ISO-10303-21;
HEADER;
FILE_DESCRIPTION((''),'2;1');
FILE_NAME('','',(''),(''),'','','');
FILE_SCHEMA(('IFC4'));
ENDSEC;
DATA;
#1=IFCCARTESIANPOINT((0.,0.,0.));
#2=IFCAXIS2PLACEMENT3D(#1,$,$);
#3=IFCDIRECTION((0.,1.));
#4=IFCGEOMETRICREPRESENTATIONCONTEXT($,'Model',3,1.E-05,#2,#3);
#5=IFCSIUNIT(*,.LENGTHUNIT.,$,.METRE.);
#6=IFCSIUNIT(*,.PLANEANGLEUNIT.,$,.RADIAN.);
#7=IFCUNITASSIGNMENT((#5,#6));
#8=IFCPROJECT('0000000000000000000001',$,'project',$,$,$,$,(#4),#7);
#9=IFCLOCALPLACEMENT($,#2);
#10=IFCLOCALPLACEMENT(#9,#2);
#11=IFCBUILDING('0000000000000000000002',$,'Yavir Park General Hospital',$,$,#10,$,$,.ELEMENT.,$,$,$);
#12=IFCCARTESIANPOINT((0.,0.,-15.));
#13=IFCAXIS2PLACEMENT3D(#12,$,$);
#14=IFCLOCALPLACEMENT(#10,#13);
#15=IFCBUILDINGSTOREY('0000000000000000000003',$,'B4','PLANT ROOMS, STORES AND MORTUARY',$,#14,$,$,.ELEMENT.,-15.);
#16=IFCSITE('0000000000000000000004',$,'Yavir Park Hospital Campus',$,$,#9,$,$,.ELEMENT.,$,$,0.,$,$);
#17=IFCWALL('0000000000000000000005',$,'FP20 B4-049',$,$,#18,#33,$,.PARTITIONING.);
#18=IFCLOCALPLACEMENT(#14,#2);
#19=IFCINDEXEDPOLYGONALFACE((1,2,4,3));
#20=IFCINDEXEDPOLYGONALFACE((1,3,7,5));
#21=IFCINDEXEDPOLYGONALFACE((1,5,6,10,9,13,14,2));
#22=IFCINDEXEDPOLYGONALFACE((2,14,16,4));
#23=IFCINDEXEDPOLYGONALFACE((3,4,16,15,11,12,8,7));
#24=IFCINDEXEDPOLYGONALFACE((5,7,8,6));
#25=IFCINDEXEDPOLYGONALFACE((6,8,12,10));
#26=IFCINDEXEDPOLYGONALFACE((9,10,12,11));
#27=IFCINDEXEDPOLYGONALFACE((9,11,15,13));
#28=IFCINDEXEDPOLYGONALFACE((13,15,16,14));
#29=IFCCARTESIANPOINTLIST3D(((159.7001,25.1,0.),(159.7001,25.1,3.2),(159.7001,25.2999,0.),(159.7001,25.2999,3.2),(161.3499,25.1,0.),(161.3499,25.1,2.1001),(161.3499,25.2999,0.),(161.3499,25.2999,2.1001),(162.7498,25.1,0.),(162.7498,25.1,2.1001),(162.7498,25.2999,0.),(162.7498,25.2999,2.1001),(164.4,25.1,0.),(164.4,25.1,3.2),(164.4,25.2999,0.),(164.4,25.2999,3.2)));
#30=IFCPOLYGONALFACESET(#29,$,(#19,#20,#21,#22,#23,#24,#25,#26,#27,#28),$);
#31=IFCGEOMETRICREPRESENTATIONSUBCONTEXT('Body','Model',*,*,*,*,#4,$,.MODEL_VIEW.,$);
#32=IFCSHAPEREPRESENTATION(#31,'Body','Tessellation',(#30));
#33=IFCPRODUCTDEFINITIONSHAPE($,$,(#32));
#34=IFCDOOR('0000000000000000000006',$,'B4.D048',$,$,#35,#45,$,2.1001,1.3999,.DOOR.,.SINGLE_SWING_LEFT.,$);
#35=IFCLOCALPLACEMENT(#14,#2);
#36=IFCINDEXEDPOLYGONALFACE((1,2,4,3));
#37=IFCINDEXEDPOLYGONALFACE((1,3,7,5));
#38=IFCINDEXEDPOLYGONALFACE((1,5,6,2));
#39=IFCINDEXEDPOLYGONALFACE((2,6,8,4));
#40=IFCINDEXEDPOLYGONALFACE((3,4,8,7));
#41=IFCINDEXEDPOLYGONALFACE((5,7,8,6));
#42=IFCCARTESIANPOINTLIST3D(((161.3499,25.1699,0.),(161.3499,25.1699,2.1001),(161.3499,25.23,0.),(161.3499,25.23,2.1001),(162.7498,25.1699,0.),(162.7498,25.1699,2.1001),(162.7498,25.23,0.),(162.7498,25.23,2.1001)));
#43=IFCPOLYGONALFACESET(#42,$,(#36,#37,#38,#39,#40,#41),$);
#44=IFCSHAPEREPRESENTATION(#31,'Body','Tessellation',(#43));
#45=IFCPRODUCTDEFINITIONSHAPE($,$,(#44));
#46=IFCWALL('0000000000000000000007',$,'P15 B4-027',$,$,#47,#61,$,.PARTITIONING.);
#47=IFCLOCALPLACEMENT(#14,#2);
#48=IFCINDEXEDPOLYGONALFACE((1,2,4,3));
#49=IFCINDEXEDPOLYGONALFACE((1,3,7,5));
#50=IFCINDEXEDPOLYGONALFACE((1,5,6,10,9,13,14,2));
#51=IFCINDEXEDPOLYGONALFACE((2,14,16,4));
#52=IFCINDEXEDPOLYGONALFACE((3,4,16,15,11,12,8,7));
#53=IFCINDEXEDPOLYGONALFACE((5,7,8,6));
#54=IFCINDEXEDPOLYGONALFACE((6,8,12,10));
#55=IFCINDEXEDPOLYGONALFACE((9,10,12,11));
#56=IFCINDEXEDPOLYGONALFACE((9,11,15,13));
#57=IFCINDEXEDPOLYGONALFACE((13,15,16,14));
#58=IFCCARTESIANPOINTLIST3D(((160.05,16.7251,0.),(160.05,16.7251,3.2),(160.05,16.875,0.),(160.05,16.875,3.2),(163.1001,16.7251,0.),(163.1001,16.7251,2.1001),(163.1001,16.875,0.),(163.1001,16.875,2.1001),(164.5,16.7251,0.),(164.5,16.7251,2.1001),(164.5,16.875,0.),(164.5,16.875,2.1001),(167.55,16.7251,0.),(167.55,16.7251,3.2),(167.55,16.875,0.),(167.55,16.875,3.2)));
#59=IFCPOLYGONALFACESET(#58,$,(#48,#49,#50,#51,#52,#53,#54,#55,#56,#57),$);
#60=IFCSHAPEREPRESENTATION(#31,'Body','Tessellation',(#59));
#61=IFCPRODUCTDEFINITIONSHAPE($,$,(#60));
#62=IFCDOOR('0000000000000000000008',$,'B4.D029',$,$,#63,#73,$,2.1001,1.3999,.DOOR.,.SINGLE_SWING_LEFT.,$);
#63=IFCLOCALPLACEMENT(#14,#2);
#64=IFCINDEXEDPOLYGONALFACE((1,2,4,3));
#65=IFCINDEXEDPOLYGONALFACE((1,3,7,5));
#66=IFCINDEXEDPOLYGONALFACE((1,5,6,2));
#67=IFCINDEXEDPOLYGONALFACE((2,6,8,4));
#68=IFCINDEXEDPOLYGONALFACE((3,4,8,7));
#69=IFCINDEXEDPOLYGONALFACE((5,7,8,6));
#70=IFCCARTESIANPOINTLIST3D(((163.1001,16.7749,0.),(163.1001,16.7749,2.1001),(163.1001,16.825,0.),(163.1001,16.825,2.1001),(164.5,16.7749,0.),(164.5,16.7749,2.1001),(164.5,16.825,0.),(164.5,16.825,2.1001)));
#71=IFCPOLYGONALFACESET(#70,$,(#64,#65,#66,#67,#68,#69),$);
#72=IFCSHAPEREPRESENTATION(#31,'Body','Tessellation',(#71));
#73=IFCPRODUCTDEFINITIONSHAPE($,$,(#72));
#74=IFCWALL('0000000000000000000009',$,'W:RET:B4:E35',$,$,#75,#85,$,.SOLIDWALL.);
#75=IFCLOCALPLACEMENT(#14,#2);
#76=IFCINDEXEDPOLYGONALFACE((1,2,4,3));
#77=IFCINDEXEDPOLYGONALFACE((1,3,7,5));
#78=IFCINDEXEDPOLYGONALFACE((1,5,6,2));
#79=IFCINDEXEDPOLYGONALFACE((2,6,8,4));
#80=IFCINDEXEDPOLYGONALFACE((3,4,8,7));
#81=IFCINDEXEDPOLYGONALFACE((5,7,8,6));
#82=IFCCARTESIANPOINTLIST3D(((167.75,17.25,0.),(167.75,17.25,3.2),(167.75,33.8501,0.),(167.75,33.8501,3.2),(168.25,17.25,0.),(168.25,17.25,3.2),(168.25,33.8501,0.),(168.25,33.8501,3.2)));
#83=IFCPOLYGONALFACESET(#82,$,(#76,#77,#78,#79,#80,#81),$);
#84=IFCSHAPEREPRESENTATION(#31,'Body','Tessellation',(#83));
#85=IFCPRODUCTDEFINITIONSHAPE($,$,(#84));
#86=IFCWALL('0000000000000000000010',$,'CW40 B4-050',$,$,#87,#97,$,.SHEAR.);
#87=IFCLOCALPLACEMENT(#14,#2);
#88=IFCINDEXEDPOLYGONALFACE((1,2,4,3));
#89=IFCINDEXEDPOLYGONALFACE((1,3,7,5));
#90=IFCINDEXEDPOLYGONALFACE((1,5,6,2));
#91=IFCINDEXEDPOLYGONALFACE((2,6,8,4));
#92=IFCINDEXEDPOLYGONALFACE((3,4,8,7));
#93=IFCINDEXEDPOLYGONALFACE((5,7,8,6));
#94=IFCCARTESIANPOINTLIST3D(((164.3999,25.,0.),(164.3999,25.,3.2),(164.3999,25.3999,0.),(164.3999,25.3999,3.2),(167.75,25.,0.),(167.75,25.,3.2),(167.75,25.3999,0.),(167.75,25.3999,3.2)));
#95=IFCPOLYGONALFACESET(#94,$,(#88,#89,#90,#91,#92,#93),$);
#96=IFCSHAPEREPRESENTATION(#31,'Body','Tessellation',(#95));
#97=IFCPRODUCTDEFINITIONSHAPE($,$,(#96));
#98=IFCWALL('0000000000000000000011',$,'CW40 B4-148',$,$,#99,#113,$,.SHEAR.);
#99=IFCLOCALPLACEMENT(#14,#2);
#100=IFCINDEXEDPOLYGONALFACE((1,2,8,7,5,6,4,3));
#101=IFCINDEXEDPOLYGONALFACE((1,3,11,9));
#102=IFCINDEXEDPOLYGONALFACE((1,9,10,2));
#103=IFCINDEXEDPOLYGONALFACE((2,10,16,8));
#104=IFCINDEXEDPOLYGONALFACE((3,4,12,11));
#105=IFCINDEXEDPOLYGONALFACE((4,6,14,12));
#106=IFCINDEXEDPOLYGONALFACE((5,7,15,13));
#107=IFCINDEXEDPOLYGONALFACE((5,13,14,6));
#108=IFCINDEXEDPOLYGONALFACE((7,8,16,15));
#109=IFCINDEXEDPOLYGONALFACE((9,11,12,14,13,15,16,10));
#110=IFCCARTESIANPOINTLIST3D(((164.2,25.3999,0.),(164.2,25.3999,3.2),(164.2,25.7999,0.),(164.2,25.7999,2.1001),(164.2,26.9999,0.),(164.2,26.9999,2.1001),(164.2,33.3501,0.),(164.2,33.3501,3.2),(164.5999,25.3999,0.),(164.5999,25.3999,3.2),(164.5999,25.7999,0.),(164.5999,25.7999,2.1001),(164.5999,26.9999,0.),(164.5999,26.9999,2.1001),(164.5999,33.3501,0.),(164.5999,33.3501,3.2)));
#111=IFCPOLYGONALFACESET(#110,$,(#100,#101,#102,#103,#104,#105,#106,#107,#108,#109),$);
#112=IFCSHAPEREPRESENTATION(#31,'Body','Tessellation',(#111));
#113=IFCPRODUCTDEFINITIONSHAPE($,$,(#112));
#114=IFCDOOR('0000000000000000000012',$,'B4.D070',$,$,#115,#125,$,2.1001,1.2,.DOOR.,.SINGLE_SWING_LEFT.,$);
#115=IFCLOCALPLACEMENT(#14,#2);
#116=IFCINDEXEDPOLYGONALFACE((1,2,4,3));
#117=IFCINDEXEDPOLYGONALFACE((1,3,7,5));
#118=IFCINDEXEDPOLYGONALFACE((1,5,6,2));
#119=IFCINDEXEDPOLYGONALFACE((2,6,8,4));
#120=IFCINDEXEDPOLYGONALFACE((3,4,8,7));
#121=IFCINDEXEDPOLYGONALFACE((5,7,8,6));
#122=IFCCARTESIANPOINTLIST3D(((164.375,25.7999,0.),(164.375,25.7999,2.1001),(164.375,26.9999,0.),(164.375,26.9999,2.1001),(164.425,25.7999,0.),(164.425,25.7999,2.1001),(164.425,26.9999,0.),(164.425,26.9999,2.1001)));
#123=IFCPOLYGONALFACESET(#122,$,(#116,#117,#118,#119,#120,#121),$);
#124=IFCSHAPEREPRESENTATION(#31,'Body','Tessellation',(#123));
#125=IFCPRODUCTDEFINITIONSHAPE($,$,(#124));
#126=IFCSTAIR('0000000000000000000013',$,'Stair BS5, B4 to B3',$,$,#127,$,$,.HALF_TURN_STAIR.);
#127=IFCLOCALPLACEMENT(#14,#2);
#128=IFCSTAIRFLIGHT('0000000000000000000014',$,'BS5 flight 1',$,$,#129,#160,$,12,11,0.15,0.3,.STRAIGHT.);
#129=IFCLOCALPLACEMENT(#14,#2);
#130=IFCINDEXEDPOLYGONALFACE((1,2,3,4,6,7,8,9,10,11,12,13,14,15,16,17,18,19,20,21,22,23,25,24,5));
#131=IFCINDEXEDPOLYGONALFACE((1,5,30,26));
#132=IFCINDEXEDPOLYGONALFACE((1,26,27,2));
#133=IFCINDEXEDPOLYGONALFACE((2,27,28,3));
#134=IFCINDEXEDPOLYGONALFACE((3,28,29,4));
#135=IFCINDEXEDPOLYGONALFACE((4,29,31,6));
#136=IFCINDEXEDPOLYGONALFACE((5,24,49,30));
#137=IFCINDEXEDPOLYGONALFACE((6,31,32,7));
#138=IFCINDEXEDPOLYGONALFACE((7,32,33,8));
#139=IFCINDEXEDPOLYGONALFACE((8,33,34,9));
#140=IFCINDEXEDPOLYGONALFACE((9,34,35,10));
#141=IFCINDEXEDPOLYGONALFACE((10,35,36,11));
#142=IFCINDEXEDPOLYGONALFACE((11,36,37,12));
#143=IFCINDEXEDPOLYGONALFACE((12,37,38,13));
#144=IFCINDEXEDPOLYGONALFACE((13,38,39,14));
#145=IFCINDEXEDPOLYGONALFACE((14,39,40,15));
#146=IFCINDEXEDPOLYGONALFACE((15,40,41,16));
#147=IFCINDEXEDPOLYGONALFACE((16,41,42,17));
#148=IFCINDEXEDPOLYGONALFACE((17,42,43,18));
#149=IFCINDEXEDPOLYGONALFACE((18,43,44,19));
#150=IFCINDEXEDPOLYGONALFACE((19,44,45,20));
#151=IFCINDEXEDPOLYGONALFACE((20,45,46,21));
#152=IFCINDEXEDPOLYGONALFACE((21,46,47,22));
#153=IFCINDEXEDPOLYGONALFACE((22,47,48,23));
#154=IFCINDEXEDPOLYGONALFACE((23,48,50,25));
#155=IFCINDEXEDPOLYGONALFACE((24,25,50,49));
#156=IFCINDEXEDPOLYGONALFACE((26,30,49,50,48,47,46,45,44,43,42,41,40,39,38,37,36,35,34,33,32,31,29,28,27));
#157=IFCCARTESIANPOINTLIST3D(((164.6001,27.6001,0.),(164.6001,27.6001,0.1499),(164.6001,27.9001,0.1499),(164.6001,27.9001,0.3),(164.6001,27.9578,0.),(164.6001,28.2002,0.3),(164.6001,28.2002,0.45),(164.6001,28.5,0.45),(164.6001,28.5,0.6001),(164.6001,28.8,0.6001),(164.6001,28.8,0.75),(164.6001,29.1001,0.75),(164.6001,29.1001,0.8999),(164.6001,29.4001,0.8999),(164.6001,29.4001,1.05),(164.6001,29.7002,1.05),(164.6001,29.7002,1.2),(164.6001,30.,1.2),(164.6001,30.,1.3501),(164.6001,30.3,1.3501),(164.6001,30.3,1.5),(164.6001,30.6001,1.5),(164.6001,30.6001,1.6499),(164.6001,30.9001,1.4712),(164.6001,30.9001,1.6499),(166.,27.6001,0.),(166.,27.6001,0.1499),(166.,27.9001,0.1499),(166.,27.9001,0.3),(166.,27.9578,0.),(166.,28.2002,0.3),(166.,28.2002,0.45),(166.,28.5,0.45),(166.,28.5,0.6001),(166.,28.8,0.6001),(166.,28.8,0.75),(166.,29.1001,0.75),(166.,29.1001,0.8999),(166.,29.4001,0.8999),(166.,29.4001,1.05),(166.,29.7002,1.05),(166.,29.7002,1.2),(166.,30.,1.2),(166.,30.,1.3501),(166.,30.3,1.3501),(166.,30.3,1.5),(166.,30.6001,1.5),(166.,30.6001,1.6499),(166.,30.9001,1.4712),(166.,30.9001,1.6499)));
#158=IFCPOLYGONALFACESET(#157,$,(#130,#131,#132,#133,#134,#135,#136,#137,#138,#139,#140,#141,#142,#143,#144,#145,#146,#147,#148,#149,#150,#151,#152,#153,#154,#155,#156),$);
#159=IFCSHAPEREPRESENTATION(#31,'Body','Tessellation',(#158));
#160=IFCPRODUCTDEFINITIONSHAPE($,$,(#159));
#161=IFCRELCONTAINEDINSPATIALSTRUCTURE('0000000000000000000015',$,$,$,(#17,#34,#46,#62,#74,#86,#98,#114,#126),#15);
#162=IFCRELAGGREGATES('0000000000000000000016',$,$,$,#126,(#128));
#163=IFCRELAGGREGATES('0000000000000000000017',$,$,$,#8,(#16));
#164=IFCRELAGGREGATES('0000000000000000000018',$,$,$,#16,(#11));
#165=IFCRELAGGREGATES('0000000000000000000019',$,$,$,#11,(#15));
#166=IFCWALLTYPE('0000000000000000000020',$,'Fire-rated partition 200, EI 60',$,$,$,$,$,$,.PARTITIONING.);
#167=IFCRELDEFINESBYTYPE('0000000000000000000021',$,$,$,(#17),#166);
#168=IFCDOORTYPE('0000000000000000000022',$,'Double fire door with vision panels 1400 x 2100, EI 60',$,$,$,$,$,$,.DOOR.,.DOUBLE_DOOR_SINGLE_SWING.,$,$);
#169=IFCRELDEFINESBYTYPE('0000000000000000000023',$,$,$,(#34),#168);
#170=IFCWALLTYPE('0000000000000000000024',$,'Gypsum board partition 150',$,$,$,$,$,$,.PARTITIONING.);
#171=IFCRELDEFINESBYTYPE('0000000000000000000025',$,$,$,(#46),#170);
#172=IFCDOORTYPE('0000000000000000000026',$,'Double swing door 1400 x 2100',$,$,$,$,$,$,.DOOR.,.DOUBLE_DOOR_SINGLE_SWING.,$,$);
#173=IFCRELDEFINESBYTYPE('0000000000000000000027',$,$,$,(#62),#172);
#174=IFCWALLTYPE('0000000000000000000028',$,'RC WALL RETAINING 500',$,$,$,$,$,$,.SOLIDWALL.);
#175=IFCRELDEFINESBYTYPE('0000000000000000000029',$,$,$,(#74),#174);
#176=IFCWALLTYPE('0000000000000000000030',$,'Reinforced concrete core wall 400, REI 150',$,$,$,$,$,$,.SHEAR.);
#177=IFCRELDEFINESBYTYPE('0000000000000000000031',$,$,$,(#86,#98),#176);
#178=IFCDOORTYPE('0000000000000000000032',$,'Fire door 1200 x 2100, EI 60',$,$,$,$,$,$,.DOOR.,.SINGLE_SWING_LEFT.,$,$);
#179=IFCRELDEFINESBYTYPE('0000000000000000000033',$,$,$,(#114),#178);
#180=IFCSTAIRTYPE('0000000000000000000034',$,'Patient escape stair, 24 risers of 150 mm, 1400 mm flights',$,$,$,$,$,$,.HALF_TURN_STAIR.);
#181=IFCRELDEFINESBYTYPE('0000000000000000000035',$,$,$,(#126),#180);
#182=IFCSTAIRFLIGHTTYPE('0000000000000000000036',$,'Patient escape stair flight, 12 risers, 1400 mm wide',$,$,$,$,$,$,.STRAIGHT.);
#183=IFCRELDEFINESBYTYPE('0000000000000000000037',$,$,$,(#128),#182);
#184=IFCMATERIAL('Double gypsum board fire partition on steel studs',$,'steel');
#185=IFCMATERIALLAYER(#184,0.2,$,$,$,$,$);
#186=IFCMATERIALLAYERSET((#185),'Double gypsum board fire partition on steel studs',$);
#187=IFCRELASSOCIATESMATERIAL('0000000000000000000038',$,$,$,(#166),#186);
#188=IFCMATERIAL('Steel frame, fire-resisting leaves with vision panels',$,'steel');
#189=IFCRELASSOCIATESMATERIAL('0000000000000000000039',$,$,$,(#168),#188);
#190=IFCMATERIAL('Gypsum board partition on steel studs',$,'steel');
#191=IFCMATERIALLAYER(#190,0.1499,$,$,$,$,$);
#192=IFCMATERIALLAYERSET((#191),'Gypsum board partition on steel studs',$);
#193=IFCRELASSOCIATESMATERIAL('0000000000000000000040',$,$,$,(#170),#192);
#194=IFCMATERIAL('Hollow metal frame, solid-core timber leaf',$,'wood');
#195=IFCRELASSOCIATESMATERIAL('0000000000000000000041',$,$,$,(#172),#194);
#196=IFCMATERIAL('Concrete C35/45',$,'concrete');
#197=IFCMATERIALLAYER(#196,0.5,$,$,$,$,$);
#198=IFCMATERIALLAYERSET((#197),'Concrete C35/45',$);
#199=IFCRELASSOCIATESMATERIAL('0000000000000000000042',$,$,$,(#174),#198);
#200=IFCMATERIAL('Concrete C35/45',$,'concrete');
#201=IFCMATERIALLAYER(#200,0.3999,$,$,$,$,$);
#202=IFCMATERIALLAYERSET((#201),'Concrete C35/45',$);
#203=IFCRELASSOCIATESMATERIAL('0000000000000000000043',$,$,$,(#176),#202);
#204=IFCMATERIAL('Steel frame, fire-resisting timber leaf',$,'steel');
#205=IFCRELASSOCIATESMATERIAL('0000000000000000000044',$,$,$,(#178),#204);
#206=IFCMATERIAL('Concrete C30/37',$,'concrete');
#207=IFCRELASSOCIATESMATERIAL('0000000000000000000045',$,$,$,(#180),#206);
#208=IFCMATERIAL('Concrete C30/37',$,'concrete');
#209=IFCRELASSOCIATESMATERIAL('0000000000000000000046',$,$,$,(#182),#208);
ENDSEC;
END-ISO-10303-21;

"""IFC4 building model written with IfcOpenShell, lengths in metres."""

from ifc_helpers import new_model, si_unit, direction, frame, frame_2d, origin, place, context, subcontext, project, spatial, polyline, rectangle, outline, extrude, material, layer, layer_set, type_object, element, fill, aggregate, save


model = new_model("IFC4")

# Units and contexts
model_context = context("Model", 3, precision=1e-05, world=origin(), true_north=direction((0.0, 1.0)))
body_context = subcontext(model_context, "Body", "Model", "MODEL_VIEW")
ifc_project = project(units=[si_unit("LENGTHUNIT", "METRE"), si_unit("PLANEANGLEUNIT", "RADIAN")], contexts=[model_context])

# Site, building, storey
site_placement = place(None, origin())
site = spatial("IfcSite", under=ifc_project, at=site_placement, Name="Yavir Park Hospital Campus", CompositionType="ELEMENT", RefElevation=0.0)
building_placement = place(site_placement, origin())
building = spatial("IfcBuilding", under=site, at=building_placement, Name="Yavir Park General Hospital", CompositionType="ELEMENT")
storey_placement = place(building_placement, frame((0.0, 0.0, -15.0)))
storey = spatial("IfcBuildingStorey", under=building, at=storey_placement, Name="B4", Description="PLANT ROOMS, STORES AND MORTUARY", CompositionType="ELEMENT", Elevation=-15.0)

# Walls, openings, doors
ifc_material_1 = material(Name="Double gypsum board fire partition on steel studs", Category="steel")
ifc_layer_1 = layer(ifc_material_1, 0.2)
ifc_layer_set_1 = layer_set([ifc_layer_1], Name="Double gypsum board fire partition on steel studs")
wall_type_1 = type_object("IfcWallType", Name="Fire-rated partition 200, EI 60", PredefinedType="PARTITIONING", material=ifc_layer_set_1)
wall_1_placement = place(storey_placement, frame((159.7, 25.2, 0.0), z_axis=(0.0, 0.0, 1.0), x_axis=(1.0, 0.0, 0.0)))
wall_1 = element("IfcWall", 1, at=wall_1_placement, inside=storey, type_object=wall_type_1, Name="FP20 B4-049", PredefinedType="PARTITIONING", context=body_context, shape_type="SweptSolid", body=[
    extrude(rectangle(XDim=4.7, YDim=0.2, at=frame_2d((2.3501, 0.0))), origin(), (0.0, 0.0, 1.0), 3.2),
])
opening_1_placement = place(wall_1_placement, frame((1.6499, 0.0, 0.0)))
opening_1 = element("IfcOpeningElement", 2, at=opening_1_placement, cuts=wall_1, PredefinedType="OPENING", context=body_context, shape_type="SweptSolid", body=[
    extrude(rectangle(XDim=1.3999, YDim=2.1001, at=frame_2d((0.7, 1.05))), frame((0.0, 0.1099, 0.0), z_axis=(0.0, -1.0, 0.0), x_axis=(1.0, 0.0, 0.0)), (0.0, 0.0, 1.0), 0.22),
])
ifc_material_2 = material(Name="Steel frame, fire-resisting leaves with vision panels", Category="steel")
door_type_1 = type_object("IfcDoorType", Name="Double fire door with vision panels 1400 x 2100, EI 60", OperationType="DOUBLE_DOOR_SINGLE_SWING", PredefinedType="DOOR", material=ifc_material_2)
door_1_placement = place(opening_1_placement, origin())
door_1 = element("IfcDoor", 3, at=door_1_placement, inside=storey, type_object=door_type_1, Name="B4.D048", OperationType="SINGLE_SWING_LEFT", OverallHeight=2.1001, OverallWidth=1.3999, PredefinedType="DOOR", context=body_context, shape_type="SweptSolid", body=[
    extrude(rectangle(XDim=1.3999, YDim=2.1001, at=frame_2d((0.7, 1.05))), frame((0.0, 0.03, 0.0), z_axis=(0.0, -1.0, 0.0), x_axis=(1.0, 0.0, 0.0)), (0.0, 0.0, 1.0), 0.0601),
])
fill(opening_1, door_1)
ifc_material_3 = material(Name="Gypsum board partition on steel studs", Category="steel")
ifc_layer_2 = layer(ifc_material_3, 0.1499)
ifc_layer_set_2 = layer_set([ifc_layer_2], Name="Gypsum board partition on steel studs")
wall_type_2 = type_object("IfcWallType", Name="Gypsum board partition 150", PredefinedType="PARTITIONING", material=ifc_layer_set_2)
wall_2_placement = place(storey_placement, frame((160.05, 16.8, 0.0), z_axis=(0.0, 0.0, 1.0), x_axis=(1.0, 0.0, 0.0)))
wall_2 = element("IfcWall", 4, at=wall_2_placement, inside=storey, type_object=wall_type_2, Name="P15 B4-027", PredefinedType="PARTITIONING", context=body_context, shape_type="SweptSolid", body=[
    extrude(rectangle(XDim=7.5, YDim=0.1499, at=frame_2d((3.75, 0.0))), origin(), (0.0, 0.0, 1.0), 3.2),
])
opening_2_placement = place(wall_2_placement, frame((3.05, 0.0, 0.0)))
opening_2 = element("IfcOpeningElement", 5, at=opening_2_placement, cuts=wall_2, PredefinedType="OPENING", context=body_context, shape_type="SweptSolid", body=[
    extrude(rectangle(XDim=1.3999, YDim=2.1001, at=frame_2d((0.7, 1.05))), frame((0.0, 0.085, 0.0), z_axis=(0.0, -1.0, 0.0), x_axis=(1.0, 0.0, 0.0)), (0.0, 0.0, 1.0), 0.1699),
])
ifc_material_4 = material(Name="Hollow metal frame, solid-core timber leaf", Category="wood")
door_type_2 = type_object("IfcDoorType", Name="Double swing door 1400 x 2100", OperationType="DOUBLE_DOOR_SINGLE_SWING", PredefinedType="DOOR", material=ifc_material_4)
door_2_placement = place(opening_2_placement, origin())
door_2 = element("IfcDoor", 6, at=door_2_placement, inside=storey, type_object=door_type_2, Name="B4.D029", OperationType="SINGLE_SWING_LEFT", OverallHeight=2.1001, OverallWidth=1.3999, PredefinedType="DOOR", context=body_context, shape_type="SweptSolid", body=[
    extrude(rectangle(XDim=1.3999, YDim=2.1001, at=frame_2d((0.7, 1.05))), frame((0.0, 0.0249, 0.0), z_axis=(0.0, -1.0, 0.0), x_axis=(1.0, 0.0, 0.0)), (0.0, 0.0, 1.0), 0.05),
])
fill(opening_2, door_2)

# Walls
ifc_material_5 = material(Name="Concrete C35/45", Category="concrete")
ifc_layer_3 = layer(ifc_material_5, 0.5)
ifc_layer_set_3 = layer_set([ifc_layer_3], Name="Concrete C35/45")
wall_type_3 = type_object("IfcWallType", Name="RC WALL RETAINING 500", PredefinedType="SOLIDWALL", material=ifc_layer_set_3)
wall_3_placement = place(storey_placement, frame((168.0, 17.25, 0.0), z_axis=(0.0, 0.0, 1.0), x_axis=(0.0, 1.0, 0.0)))
element("IfcWall", 7, at=wall_3_placement, inside=storey, type_object=wall_type_3, Name="W:RET:B4:E35", PredefinedType="SOLIDWALL", context=body_context, shape_type="SweptSolid", body=[
    extrude(rectangle(XDim=16.6001, YDim=0.5, at=frame_2d((8.3, 0.0))), origin(), (0.0, 0.0, 1.0), 3.2),
])
ifc_material_6 = material(Name="Concrete C35/45", Category="concrete")
ifc_layer_4 = layer(ifc_material_6, 0.3999)
ifc_layer_set_4 = layer_set([ifc_layer_4], Name="Concrete C35/45")
wall_type_4 = type_object("IfcWallType", Name="Reinforced concrete core wall 400, REI 150", PredefinedType="SHEAR", material=ifc_layer_set_4)
wall_4_placement = place(storey_placement, frame((164.3999, 25.2, 0.0), z_axis=(0.0, 0.0, 1.0), x_axis=(1.0, 0.0, 0.0)))
element("IfcWall", 8, at=wall_4_placement, inside=storey, type_object=wall_type_4, Name="CW40 B4-050", PredefinedType="SHEAR", context=body_context, shape_type="SweptSolid", body=[
    extrude(rectangle(XDim=3.3501, YDim=0.3999, at=frame_2d((1.675, 0.0))), origin(), (0.0, 0.0, 1.0), 3.2),
])

# Wall, opening, door
wall_5_placement = place(storey_placement, frame((164.3999, 25.3999, 0.0), z_axis=(0.0, 0.0, 1.0), x_axis=(0.0, 1.0, 0.0)))
wall_5 = element("IfcWall", 9, at=wall_5_placement, inside=storey, type_object=wall_type_4, Name="CW40 B4-148", PredefinedType="SHEAR", context=body_context, shape_type="SweptSolid", body=[
    extrude(rectangle(XDim=7.9502, YDim=0.3999, at=frame_2d((3.9751, 0.0))), origin(), (0.0, 0.0, 1.0), 3.2),
])
opening_3_placement = place(wall_5_placement, frame((0.3999, 0.0, 0.0)))
opening_3 = element("IfcOpeningElement", 10, at=opening_3_placement, cuts=wall_5, PredefinedType="OPENING", context=body_context, shape_type="SweptSolid", body=[
    extrude(rectangle(XDim=1.2, YDim=2.1001, at=frame_2d((0.6001, 1.05))), frame((0.0, 0.21, 0.0), z_axis=(0.0, -1.0, 0.0), x_axis=(1.0, 0.0, 0.0)), (0.0, 0.0, 1.0), 0.4199),
])
ifc_material_7 = material(Name="Steel frame, fire-resisting timber leaf", Category="steel")
door_type_3 = type_object("IfcDoorType", Name="Fire door 1200 x 2100, EI 60", OperationType="SINGLE_SWING_LEFT", PredefinedType="DOOR", material=ifc_material_7)
door_3_placement = place(opening_3_placement, origin())
door_3 = element("IfcDoor", 11, at=door_3_placement, inside=storey, type_object=door_type_3, Name="B4.D070", OperationType="SINGLE_SWING_LEFT", OverallHeight=2.1001, OverallWidth=1.2, PredefinedType="DOOR", context=body_context, shape_type="SweptSolid", body=[
    extrude(rectangle(XDim=1.2, YDim=2.1001, at=frame_2d((0.6001, 1.05))), frame((0.0, 0.0249, 0.0), z_axis=(0.0, -1.0, 0.0), x_axis=(1.0, 0.0, 0.0)), (0.0, 0.0, 1.0), 0.05),
])
fill(opening_3, door_3)

# Stair, stair flight
ifc_material_8 = material(Name="Concrete C30/37", Category="concrete")
stair_type = type_object("IfcStairType", Name="Patient escape stair, 24 risers of 150 mm, 1400 mm flights", PredefinedType="HALF_TURN_STAIR", material=ifc_material_8)
stair_placement = place(storey_placement, origin())
stair = element("IfcStair", 12, at=stair_placement, inside=storey, type_object=stair_type, Name="Stair BS5, B4 to B3", PredefinedType="HALF_TURN_STAIR")
ifc_material_9 = material(Name="Concrete C30/37", Category="concrete")
stair_flight_type = type_object("IfcStairFlightType", Name="Patient escape stair flight, 12 risers, 1400 mm wide", PredefinedType="STRAIGHT", material=ifc_material_9)
stair_flight_1_placement = place(storey_placement, frame((165.3, 27.6001, 0.0), z_axis=(0.0, 0.0, 1.0), x_axis=(0.0, 1.0, 0.0)))
stair_flight_1 = element("IfcStairFlight", 13, at=stair_flight_1_placement, type_object=stair_flight_type, Name="BS5 flight 1", NumberOfRisers=12, NumberOfTreads=11, PredefinedType="STRAIGHT", RiserHeight=0.15, TreadLength=0.3, context=body_context, shape_type="SweptSolid", body=[
    extrude(outline(polyline([(0.0, 0.0), (0.0, 0.1499), (0.3, 0.1499), (0.3, 0.3), (0.6001, 0.3), (0.6001, 0.45), (0.8999, 0.45), (0.8999, 0.6001), (1.2, 0.6001), (1.2, 0.75), (1.5, 0.75), (1.5, 0.8999), (1.8, 0.8999), (1.8, 1.05), (2.1001, 1.05), (2.1001, 1.2), (2.3999, 1.2), (2.3999, 1.3501), (2.7, 1.3501), (2.7, 1.5), (3.0, 1.5), (3.0, 1.6499), (3.3, 1.6499), (3.3, 1.8), (3.3, 1.4712), (0.3577, 0.0), (0.0, 0.0)])), frame((0.0, 0.7, 0.0), z_axis=(0.0, -1.0, 0.0), x_axis=(1.0, 0.0, 0.0)), (0.0, 0.0, 1.0), 1.3999),
])
aggregate(stair, [stair_flight_1])

save(model, "model.ifc")
